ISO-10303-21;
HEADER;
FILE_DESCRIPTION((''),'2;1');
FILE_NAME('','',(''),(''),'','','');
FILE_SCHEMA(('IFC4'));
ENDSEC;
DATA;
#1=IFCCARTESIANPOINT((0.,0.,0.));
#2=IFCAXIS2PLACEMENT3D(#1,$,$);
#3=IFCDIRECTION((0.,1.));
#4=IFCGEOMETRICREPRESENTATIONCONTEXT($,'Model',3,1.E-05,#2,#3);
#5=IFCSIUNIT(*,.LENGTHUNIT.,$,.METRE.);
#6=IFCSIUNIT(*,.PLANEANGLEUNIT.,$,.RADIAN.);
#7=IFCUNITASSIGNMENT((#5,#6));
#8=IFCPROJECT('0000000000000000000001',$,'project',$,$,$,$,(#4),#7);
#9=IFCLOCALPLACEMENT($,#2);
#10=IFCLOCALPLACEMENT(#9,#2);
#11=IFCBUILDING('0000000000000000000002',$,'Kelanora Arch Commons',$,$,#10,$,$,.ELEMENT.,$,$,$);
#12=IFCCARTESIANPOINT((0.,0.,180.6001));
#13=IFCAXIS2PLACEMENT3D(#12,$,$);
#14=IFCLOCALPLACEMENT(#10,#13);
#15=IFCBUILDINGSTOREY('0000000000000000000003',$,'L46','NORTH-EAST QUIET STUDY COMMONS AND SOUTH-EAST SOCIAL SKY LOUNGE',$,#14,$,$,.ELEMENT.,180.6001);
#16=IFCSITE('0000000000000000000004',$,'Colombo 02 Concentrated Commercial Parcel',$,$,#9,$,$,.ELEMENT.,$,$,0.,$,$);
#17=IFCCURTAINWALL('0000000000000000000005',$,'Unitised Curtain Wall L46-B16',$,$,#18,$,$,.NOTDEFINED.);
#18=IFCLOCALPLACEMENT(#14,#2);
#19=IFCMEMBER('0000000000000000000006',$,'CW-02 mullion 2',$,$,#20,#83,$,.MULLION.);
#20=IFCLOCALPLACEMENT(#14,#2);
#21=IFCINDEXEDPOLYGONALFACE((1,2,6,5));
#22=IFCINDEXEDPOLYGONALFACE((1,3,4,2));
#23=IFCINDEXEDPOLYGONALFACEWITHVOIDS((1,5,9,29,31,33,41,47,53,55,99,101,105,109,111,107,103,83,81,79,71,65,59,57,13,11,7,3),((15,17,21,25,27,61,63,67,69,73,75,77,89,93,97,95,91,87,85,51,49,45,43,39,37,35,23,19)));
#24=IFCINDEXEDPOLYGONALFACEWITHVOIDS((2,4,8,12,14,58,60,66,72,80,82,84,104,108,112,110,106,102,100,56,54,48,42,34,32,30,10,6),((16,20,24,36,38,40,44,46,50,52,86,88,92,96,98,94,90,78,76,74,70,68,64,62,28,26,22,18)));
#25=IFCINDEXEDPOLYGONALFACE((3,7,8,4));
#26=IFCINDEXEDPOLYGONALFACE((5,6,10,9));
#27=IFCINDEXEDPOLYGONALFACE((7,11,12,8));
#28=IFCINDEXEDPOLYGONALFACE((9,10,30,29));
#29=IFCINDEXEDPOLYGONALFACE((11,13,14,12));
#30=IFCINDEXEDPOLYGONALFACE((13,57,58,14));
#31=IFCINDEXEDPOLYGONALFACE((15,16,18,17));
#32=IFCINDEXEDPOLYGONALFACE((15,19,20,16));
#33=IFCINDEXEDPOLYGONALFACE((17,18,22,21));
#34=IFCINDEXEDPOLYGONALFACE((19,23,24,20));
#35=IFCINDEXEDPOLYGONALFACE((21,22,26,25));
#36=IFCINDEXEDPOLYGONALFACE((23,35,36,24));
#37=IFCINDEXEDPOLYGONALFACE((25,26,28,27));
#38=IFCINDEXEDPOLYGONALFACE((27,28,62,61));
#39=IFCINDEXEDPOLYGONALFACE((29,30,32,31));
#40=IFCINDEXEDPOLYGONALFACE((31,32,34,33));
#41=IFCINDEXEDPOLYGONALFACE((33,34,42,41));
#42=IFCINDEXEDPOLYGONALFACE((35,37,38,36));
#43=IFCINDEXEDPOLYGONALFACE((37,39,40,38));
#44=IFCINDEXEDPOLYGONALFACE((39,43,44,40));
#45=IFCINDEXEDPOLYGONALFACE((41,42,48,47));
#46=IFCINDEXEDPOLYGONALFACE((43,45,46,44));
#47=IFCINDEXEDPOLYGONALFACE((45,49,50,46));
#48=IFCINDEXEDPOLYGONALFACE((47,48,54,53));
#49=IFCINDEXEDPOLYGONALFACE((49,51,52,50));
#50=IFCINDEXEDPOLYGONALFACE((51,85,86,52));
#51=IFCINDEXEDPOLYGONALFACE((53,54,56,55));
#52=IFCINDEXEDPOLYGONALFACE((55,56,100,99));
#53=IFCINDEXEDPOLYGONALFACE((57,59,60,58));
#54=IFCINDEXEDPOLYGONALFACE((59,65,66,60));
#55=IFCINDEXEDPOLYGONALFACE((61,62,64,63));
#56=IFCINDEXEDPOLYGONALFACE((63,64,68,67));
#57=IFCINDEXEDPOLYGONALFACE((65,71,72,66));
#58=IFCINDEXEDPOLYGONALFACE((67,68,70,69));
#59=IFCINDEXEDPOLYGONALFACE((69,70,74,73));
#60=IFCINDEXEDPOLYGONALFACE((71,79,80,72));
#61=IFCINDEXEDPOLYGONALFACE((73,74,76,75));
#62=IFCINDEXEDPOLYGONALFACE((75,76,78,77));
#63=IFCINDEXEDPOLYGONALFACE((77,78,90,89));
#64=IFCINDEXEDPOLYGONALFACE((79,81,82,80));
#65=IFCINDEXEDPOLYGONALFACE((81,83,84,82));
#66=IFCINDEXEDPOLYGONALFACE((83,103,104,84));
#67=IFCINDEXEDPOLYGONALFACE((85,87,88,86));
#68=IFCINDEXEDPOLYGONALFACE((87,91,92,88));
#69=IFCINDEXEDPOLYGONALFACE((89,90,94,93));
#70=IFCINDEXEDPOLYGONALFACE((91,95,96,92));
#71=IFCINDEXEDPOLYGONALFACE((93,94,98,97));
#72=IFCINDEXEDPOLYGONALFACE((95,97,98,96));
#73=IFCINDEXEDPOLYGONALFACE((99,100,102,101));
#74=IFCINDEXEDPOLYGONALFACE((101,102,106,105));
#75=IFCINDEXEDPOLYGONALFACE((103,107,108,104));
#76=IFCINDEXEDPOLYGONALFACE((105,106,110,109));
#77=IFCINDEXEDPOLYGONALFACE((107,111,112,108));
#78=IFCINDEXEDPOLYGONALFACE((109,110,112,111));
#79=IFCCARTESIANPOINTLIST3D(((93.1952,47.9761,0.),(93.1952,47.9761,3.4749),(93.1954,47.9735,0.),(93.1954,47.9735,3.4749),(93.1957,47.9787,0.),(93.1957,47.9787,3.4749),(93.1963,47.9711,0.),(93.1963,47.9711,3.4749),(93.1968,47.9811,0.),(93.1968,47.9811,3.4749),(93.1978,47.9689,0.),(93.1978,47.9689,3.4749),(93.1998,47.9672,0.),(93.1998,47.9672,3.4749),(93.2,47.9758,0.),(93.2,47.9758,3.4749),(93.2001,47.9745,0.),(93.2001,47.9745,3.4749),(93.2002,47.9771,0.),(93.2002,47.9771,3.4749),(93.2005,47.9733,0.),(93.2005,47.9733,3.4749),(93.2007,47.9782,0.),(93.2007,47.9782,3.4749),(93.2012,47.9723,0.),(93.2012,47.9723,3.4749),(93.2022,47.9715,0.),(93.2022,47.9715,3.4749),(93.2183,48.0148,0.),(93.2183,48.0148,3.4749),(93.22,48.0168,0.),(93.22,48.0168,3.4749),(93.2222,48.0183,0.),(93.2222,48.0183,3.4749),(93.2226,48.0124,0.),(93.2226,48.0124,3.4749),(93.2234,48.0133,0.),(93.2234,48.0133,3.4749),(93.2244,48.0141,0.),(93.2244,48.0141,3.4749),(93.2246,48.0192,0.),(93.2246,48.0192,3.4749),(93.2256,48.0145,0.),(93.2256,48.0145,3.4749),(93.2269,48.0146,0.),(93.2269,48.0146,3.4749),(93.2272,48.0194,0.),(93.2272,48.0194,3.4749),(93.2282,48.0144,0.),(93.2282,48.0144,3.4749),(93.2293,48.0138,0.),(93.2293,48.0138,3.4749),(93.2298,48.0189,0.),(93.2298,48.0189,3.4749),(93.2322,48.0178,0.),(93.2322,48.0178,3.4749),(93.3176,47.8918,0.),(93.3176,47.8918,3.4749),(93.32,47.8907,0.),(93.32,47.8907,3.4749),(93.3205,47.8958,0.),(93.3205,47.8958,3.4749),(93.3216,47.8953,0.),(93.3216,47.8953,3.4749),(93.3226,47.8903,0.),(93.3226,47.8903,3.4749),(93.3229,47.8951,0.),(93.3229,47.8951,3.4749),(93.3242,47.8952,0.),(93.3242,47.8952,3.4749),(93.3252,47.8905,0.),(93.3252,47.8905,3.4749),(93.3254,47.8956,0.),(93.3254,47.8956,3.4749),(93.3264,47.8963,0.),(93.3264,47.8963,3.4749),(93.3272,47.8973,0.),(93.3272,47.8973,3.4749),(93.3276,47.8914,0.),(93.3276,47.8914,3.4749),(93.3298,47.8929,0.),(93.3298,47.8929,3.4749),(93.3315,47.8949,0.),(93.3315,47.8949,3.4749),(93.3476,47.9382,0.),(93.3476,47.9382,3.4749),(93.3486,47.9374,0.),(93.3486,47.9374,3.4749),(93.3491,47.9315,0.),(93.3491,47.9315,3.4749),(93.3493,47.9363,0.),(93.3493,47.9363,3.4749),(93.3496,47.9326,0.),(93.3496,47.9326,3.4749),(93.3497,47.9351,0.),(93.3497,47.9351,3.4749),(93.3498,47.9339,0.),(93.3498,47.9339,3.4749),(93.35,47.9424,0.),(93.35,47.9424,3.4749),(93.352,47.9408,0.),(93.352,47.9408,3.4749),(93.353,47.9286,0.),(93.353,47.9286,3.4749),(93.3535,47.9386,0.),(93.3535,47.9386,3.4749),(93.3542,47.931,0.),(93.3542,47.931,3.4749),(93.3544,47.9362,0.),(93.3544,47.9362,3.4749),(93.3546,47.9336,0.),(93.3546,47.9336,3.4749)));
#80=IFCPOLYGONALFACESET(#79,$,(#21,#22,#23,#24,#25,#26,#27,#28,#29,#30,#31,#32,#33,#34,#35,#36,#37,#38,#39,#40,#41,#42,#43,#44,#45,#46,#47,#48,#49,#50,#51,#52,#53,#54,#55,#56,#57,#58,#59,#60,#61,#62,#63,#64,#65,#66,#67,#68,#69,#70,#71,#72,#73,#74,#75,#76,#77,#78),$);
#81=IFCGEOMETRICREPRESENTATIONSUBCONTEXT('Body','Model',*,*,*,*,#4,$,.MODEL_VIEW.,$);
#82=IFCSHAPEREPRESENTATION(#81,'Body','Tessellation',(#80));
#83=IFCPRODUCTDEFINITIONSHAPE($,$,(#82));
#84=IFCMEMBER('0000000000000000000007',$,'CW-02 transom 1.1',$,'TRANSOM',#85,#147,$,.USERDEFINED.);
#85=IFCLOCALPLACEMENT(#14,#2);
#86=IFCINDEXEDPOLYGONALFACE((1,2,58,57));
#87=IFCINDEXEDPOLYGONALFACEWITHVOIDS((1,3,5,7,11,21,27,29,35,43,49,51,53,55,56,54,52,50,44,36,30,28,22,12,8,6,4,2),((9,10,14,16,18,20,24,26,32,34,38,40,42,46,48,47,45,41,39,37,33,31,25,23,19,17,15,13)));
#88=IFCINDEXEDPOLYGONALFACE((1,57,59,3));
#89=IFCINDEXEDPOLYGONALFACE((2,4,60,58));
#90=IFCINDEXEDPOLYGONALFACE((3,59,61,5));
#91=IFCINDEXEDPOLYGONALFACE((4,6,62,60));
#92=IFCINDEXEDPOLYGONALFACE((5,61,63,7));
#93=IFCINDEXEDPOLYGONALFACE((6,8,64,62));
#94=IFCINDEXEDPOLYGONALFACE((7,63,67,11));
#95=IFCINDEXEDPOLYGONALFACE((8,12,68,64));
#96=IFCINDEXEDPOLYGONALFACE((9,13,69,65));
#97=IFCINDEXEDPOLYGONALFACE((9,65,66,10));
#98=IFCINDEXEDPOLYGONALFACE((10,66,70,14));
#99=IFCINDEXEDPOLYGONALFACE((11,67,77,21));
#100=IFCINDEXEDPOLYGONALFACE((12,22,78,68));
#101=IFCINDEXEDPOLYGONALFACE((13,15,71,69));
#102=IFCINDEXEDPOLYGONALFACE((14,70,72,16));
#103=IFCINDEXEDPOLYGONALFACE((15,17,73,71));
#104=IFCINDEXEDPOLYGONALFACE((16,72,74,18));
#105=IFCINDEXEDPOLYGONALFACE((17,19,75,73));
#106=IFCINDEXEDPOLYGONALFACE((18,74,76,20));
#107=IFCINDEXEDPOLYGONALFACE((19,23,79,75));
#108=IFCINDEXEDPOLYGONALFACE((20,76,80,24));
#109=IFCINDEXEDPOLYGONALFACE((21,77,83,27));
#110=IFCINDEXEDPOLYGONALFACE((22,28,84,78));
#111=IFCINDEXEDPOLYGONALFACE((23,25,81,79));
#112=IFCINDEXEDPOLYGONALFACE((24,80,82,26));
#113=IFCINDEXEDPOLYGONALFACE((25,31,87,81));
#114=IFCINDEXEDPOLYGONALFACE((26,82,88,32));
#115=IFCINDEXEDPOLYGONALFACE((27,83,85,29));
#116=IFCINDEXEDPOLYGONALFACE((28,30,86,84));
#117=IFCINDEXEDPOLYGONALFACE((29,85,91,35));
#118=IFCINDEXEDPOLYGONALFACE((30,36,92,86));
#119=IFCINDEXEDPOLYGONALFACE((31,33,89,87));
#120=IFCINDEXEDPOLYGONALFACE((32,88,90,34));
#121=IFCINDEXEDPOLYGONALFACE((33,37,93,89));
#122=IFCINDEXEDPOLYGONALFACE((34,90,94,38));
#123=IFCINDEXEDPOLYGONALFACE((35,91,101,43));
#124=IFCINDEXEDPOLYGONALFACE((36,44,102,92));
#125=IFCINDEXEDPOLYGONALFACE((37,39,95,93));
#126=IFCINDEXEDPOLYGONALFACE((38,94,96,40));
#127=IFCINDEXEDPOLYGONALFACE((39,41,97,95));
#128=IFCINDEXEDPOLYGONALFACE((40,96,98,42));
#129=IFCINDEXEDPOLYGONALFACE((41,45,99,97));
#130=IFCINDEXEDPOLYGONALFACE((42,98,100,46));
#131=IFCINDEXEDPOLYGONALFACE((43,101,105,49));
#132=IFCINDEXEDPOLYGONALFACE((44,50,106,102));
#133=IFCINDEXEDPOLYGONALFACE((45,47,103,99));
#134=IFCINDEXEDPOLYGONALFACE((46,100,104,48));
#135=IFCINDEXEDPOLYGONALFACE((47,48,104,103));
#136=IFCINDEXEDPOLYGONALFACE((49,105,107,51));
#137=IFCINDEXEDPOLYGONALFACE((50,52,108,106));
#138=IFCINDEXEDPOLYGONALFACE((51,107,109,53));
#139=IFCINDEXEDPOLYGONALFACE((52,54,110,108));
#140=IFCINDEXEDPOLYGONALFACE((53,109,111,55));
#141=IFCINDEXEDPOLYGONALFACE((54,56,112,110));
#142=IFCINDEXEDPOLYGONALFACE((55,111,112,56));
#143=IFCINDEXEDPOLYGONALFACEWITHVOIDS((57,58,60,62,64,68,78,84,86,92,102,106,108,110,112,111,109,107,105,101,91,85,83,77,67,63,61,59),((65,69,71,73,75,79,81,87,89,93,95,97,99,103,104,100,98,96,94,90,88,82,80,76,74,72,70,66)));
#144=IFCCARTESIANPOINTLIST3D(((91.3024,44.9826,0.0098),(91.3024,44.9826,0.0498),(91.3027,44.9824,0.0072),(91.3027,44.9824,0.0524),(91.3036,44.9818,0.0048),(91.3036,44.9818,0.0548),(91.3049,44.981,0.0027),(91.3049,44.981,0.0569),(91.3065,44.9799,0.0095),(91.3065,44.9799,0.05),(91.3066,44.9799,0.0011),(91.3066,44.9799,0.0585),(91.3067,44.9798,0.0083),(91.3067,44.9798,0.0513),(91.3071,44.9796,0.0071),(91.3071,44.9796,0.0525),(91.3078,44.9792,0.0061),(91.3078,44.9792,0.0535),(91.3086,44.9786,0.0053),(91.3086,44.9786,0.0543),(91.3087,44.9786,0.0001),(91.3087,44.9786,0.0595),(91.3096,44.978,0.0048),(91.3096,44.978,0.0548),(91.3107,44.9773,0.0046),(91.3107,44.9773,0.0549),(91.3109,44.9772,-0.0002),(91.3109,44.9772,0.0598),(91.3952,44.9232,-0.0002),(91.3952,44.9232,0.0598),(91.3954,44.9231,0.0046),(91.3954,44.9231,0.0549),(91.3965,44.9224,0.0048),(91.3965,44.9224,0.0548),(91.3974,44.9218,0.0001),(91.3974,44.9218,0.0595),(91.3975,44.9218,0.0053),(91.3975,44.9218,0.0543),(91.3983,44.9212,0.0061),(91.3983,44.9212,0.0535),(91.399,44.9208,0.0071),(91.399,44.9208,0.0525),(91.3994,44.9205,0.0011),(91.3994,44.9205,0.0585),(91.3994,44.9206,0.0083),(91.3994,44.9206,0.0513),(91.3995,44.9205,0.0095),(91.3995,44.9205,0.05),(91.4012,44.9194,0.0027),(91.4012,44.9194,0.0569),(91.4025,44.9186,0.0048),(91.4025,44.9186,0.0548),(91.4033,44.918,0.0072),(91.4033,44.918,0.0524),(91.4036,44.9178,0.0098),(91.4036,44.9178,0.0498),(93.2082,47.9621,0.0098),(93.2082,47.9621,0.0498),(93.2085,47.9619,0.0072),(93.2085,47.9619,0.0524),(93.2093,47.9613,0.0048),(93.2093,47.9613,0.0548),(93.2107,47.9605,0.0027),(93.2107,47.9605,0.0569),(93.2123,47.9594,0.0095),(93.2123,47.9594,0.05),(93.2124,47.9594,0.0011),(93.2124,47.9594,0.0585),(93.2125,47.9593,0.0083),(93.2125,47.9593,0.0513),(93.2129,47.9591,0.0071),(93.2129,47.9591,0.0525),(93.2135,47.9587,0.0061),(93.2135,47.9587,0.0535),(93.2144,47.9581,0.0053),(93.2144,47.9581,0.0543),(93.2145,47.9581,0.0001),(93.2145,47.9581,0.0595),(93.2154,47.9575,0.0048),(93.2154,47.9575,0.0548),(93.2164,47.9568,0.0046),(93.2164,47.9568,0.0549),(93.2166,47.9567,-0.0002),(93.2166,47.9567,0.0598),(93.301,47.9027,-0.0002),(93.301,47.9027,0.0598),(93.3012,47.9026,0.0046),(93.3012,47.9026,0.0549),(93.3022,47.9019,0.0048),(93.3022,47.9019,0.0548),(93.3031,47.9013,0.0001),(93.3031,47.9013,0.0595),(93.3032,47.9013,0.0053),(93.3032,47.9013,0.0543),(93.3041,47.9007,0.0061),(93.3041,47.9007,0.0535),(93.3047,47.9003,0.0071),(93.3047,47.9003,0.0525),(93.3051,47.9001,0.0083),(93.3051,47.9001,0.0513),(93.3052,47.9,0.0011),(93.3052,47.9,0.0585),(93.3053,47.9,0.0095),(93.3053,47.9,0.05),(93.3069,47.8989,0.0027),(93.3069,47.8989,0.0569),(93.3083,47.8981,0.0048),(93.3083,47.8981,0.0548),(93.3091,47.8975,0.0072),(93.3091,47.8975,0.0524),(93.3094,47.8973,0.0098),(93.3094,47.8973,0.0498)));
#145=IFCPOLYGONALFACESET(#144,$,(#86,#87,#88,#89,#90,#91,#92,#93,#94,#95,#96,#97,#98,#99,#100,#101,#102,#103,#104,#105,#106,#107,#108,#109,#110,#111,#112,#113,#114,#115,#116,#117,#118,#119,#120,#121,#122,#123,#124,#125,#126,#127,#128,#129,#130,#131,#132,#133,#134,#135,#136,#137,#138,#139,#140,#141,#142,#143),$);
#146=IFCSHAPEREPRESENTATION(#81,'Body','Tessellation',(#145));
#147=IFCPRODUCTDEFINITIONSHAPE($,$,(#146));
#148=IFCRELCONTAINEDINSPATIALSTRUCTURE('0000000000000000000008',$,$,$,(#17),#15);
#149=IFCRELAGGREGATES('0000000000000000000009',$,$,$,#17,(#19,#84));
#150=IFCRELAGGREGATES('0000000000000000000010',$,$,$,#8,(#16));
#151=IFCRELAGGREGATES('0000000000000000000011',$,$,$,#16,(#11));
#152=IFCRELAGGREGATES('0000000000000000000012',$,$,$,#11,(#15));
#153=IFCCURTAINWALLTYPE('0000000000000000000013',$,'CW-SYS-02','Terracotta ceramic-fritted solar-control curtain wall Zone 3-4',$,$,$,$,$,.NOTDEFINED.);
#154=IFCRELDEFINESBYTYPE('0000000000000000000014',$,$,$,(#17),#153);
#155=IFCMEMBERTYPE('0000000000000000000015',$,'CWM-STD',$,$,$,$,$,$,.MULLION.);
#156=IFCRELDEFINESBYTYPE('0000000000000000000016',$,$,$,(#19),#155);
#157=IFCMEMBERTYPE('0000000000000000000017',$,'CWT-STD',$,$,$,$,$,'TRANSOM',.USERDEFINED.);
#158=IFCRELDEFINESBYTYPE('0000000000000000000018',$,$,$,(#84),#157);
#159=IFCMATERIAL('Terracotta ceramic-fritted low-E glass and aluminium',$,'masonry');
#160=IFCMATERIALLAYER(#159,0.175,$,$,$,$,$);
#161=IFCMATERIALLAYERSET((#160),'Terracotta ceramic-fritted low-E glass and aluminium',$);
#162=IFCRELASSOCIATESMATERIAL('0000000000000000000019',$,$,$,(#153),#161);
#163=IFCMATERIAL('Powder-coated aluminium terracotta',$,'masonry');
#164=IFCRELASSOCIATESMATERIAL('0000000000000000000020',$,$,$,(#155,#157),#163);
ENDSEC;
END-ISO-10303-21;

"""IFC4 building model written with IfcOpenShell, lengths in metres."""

from ifc_helpers import new_model, si_unit, direction, frame, origin, origin_2d, place, context, subcontext, project, spatial, hollow_rectangle, extrude, material, layer, layer_set, material_profile, profile_set, type_object, element, aggregate, save


model = new_model("IFC4")

# Units and contexts
model_context = context("Model", 3, precision=1e-05, world=origin(), true_north=direction((0.0, 1.0)))
body_context = subcontext(model_context, "Body", "Model", "MODEL_VIEW")
ifc_project = project(units=[si_unit("LENGTHUNIT", "METRE"), si_unit("PLANEANGLEUNIT", "RADIAN")], contexts=[model_context])

# Site, building, storey
site_placement = place(None, origin())
site = spatial("IfcSite", under=ifc_project, at=site_placement, Name="Colombo 02 Concentrated Commercial Parcel", CompositionType="ELEMENT", RefElevation=0.0)
building_placement = place(site_placement, origin())
building = spatial("IfcBuilding", under=site, at=building_placement, Name="Kelanora Arch Commons", CompositionType="ELEMENT")
storey_placement = place(building_placement, frame((0.0, 0.0, 180.6001)))
storey = spatial("IfcBuildingStorey", under=building, at=storey_placement, Name="L46", Description="NORTH-EAST QUIET STUDY COMMONS AND SOUTH-EAST SOCIAL SKY LOUNGE", CompositionType="ELEMENT", Elevation=180.6001)

# Shared definitions
ifc_material_1 = material(Name="Terracotta ceramic-fritted low-E glass and aluminium", Category="masonry")
ifc_layer_1 = layer(ifc_material_1, 0.175)
ifc_layer_set_1 = layer_set([ifc_layer_1], Name="Terracotta ceramic-fritted low-E glass and aluminium")
curtain_wall_type = type_object("IfcCurtainWallType", Name="CW-SYS-02", Description="Terracotta ceramic-fritted solar-control curtain wall Zone 3-4", PredefinedType="NOTDEFINED", material=ifc_layer_set_1)
ifc_material_2 = material(Name="Powder-coated aluminium terracotta", Category="masonry")
ifc_material_profile_1 = material_profile(ifc_material_2, hollow_rectangle(XDim=0.1599, YDim=0.0601, WallThickness=0.0049, InnerFilletRadius=0.0049, OuterFilletRadius=0.01, at=origin_2d()), Name="CWM160x60")
ifc_profile_set_1 = profile_set([ifc_material_profile_1], Name="Powder-coated aluminium terracotta")
member_type_1 = type_object("IfcMemberType", Name="CWM-STD", PredefinedType="MULLION", material=ifc_profile_set_1)

# Curtain wall, members
curtain_wall_1_placement = place(storey_placement, origin())
curtain_wall_1 = element("IfcCurtainWall", 1, at=curtain_wall_1_placement, inside=storey, type_object=curtain_wall_type, Name="Unitised Curtain Wall L46-B16", PredefinedType="NOTDEFINED")
member_1_placement = place(storey_placement, frame((93.2749, 47.9548, 0.0), z_axis=(0.0, 0.0, 1.0), x_axis=(-0.842423, 0.538817, 0.0)))
member_1 = element("IfcMember", 2, at=member_1_placement, type_object=member_type_1, Name="CW-02 mullion 2", PredefinedType="MULLION", context=body_context, shape_type="SweptSolid", body=[
    extrude(hollow_rectangle(XDim=0.1599, YDim=0.0601, WallThickness=0.0049, InnerFilletRadius=0.0049, OuterFilletRadius=0.01, at=origin_2d()), origin(), (0.0, 0.0, 1.0), 3.4749),
])
ifc_material_profile_2 = material_profile(ifc_material_2, hollow_rectangle(XDim=0.1201, YDim=0.0601, WallThickness=0.0049, InnerFilletRadius=0.0049, OuterFilletRadius=0.01, at=origin_2d()), Name="CWT120x60")
ifc_profile_set_2 = profile_set([ifc_material_profile_2], Name="Powder-coated aluminium terracotta")
member_type_2 = type_object("IfcMemberType", Name="CWT-STD", ElementType="TRANSOM", PredefinedType="USERDEFINED", material=ifc_profile_set_2)
member_2_placement = place(storey_placement, frame((91.353, 44.9502, 0.0298), z_axis=(0.53883, 0.842414, 0.0), x_axis=(-0.842414, 0.53883, 0.0)))
member_2 = element("IfcMember", 3, at=member_2_placement, type_object=member_type_2, Name="CW-02 transom 1.1", ObjectType="TRANSOM", PredefinedType="USERDEFINED", context=body_context, shape_type="SweptSolid", body=[
    extrude(hollow_rectangle(XDim=0.1201, YDim=0.0601, WallThickness=0.0049, InnerFilletRadius=0.0049, OuterFilletRadius=0.01, at=origin_2d()), origin(), (0.0, 0.0, 1.0), 3.5369),
])

aggregate(curtain_wall_1, [member_1, member_2])

save(model, "model.ifc")
